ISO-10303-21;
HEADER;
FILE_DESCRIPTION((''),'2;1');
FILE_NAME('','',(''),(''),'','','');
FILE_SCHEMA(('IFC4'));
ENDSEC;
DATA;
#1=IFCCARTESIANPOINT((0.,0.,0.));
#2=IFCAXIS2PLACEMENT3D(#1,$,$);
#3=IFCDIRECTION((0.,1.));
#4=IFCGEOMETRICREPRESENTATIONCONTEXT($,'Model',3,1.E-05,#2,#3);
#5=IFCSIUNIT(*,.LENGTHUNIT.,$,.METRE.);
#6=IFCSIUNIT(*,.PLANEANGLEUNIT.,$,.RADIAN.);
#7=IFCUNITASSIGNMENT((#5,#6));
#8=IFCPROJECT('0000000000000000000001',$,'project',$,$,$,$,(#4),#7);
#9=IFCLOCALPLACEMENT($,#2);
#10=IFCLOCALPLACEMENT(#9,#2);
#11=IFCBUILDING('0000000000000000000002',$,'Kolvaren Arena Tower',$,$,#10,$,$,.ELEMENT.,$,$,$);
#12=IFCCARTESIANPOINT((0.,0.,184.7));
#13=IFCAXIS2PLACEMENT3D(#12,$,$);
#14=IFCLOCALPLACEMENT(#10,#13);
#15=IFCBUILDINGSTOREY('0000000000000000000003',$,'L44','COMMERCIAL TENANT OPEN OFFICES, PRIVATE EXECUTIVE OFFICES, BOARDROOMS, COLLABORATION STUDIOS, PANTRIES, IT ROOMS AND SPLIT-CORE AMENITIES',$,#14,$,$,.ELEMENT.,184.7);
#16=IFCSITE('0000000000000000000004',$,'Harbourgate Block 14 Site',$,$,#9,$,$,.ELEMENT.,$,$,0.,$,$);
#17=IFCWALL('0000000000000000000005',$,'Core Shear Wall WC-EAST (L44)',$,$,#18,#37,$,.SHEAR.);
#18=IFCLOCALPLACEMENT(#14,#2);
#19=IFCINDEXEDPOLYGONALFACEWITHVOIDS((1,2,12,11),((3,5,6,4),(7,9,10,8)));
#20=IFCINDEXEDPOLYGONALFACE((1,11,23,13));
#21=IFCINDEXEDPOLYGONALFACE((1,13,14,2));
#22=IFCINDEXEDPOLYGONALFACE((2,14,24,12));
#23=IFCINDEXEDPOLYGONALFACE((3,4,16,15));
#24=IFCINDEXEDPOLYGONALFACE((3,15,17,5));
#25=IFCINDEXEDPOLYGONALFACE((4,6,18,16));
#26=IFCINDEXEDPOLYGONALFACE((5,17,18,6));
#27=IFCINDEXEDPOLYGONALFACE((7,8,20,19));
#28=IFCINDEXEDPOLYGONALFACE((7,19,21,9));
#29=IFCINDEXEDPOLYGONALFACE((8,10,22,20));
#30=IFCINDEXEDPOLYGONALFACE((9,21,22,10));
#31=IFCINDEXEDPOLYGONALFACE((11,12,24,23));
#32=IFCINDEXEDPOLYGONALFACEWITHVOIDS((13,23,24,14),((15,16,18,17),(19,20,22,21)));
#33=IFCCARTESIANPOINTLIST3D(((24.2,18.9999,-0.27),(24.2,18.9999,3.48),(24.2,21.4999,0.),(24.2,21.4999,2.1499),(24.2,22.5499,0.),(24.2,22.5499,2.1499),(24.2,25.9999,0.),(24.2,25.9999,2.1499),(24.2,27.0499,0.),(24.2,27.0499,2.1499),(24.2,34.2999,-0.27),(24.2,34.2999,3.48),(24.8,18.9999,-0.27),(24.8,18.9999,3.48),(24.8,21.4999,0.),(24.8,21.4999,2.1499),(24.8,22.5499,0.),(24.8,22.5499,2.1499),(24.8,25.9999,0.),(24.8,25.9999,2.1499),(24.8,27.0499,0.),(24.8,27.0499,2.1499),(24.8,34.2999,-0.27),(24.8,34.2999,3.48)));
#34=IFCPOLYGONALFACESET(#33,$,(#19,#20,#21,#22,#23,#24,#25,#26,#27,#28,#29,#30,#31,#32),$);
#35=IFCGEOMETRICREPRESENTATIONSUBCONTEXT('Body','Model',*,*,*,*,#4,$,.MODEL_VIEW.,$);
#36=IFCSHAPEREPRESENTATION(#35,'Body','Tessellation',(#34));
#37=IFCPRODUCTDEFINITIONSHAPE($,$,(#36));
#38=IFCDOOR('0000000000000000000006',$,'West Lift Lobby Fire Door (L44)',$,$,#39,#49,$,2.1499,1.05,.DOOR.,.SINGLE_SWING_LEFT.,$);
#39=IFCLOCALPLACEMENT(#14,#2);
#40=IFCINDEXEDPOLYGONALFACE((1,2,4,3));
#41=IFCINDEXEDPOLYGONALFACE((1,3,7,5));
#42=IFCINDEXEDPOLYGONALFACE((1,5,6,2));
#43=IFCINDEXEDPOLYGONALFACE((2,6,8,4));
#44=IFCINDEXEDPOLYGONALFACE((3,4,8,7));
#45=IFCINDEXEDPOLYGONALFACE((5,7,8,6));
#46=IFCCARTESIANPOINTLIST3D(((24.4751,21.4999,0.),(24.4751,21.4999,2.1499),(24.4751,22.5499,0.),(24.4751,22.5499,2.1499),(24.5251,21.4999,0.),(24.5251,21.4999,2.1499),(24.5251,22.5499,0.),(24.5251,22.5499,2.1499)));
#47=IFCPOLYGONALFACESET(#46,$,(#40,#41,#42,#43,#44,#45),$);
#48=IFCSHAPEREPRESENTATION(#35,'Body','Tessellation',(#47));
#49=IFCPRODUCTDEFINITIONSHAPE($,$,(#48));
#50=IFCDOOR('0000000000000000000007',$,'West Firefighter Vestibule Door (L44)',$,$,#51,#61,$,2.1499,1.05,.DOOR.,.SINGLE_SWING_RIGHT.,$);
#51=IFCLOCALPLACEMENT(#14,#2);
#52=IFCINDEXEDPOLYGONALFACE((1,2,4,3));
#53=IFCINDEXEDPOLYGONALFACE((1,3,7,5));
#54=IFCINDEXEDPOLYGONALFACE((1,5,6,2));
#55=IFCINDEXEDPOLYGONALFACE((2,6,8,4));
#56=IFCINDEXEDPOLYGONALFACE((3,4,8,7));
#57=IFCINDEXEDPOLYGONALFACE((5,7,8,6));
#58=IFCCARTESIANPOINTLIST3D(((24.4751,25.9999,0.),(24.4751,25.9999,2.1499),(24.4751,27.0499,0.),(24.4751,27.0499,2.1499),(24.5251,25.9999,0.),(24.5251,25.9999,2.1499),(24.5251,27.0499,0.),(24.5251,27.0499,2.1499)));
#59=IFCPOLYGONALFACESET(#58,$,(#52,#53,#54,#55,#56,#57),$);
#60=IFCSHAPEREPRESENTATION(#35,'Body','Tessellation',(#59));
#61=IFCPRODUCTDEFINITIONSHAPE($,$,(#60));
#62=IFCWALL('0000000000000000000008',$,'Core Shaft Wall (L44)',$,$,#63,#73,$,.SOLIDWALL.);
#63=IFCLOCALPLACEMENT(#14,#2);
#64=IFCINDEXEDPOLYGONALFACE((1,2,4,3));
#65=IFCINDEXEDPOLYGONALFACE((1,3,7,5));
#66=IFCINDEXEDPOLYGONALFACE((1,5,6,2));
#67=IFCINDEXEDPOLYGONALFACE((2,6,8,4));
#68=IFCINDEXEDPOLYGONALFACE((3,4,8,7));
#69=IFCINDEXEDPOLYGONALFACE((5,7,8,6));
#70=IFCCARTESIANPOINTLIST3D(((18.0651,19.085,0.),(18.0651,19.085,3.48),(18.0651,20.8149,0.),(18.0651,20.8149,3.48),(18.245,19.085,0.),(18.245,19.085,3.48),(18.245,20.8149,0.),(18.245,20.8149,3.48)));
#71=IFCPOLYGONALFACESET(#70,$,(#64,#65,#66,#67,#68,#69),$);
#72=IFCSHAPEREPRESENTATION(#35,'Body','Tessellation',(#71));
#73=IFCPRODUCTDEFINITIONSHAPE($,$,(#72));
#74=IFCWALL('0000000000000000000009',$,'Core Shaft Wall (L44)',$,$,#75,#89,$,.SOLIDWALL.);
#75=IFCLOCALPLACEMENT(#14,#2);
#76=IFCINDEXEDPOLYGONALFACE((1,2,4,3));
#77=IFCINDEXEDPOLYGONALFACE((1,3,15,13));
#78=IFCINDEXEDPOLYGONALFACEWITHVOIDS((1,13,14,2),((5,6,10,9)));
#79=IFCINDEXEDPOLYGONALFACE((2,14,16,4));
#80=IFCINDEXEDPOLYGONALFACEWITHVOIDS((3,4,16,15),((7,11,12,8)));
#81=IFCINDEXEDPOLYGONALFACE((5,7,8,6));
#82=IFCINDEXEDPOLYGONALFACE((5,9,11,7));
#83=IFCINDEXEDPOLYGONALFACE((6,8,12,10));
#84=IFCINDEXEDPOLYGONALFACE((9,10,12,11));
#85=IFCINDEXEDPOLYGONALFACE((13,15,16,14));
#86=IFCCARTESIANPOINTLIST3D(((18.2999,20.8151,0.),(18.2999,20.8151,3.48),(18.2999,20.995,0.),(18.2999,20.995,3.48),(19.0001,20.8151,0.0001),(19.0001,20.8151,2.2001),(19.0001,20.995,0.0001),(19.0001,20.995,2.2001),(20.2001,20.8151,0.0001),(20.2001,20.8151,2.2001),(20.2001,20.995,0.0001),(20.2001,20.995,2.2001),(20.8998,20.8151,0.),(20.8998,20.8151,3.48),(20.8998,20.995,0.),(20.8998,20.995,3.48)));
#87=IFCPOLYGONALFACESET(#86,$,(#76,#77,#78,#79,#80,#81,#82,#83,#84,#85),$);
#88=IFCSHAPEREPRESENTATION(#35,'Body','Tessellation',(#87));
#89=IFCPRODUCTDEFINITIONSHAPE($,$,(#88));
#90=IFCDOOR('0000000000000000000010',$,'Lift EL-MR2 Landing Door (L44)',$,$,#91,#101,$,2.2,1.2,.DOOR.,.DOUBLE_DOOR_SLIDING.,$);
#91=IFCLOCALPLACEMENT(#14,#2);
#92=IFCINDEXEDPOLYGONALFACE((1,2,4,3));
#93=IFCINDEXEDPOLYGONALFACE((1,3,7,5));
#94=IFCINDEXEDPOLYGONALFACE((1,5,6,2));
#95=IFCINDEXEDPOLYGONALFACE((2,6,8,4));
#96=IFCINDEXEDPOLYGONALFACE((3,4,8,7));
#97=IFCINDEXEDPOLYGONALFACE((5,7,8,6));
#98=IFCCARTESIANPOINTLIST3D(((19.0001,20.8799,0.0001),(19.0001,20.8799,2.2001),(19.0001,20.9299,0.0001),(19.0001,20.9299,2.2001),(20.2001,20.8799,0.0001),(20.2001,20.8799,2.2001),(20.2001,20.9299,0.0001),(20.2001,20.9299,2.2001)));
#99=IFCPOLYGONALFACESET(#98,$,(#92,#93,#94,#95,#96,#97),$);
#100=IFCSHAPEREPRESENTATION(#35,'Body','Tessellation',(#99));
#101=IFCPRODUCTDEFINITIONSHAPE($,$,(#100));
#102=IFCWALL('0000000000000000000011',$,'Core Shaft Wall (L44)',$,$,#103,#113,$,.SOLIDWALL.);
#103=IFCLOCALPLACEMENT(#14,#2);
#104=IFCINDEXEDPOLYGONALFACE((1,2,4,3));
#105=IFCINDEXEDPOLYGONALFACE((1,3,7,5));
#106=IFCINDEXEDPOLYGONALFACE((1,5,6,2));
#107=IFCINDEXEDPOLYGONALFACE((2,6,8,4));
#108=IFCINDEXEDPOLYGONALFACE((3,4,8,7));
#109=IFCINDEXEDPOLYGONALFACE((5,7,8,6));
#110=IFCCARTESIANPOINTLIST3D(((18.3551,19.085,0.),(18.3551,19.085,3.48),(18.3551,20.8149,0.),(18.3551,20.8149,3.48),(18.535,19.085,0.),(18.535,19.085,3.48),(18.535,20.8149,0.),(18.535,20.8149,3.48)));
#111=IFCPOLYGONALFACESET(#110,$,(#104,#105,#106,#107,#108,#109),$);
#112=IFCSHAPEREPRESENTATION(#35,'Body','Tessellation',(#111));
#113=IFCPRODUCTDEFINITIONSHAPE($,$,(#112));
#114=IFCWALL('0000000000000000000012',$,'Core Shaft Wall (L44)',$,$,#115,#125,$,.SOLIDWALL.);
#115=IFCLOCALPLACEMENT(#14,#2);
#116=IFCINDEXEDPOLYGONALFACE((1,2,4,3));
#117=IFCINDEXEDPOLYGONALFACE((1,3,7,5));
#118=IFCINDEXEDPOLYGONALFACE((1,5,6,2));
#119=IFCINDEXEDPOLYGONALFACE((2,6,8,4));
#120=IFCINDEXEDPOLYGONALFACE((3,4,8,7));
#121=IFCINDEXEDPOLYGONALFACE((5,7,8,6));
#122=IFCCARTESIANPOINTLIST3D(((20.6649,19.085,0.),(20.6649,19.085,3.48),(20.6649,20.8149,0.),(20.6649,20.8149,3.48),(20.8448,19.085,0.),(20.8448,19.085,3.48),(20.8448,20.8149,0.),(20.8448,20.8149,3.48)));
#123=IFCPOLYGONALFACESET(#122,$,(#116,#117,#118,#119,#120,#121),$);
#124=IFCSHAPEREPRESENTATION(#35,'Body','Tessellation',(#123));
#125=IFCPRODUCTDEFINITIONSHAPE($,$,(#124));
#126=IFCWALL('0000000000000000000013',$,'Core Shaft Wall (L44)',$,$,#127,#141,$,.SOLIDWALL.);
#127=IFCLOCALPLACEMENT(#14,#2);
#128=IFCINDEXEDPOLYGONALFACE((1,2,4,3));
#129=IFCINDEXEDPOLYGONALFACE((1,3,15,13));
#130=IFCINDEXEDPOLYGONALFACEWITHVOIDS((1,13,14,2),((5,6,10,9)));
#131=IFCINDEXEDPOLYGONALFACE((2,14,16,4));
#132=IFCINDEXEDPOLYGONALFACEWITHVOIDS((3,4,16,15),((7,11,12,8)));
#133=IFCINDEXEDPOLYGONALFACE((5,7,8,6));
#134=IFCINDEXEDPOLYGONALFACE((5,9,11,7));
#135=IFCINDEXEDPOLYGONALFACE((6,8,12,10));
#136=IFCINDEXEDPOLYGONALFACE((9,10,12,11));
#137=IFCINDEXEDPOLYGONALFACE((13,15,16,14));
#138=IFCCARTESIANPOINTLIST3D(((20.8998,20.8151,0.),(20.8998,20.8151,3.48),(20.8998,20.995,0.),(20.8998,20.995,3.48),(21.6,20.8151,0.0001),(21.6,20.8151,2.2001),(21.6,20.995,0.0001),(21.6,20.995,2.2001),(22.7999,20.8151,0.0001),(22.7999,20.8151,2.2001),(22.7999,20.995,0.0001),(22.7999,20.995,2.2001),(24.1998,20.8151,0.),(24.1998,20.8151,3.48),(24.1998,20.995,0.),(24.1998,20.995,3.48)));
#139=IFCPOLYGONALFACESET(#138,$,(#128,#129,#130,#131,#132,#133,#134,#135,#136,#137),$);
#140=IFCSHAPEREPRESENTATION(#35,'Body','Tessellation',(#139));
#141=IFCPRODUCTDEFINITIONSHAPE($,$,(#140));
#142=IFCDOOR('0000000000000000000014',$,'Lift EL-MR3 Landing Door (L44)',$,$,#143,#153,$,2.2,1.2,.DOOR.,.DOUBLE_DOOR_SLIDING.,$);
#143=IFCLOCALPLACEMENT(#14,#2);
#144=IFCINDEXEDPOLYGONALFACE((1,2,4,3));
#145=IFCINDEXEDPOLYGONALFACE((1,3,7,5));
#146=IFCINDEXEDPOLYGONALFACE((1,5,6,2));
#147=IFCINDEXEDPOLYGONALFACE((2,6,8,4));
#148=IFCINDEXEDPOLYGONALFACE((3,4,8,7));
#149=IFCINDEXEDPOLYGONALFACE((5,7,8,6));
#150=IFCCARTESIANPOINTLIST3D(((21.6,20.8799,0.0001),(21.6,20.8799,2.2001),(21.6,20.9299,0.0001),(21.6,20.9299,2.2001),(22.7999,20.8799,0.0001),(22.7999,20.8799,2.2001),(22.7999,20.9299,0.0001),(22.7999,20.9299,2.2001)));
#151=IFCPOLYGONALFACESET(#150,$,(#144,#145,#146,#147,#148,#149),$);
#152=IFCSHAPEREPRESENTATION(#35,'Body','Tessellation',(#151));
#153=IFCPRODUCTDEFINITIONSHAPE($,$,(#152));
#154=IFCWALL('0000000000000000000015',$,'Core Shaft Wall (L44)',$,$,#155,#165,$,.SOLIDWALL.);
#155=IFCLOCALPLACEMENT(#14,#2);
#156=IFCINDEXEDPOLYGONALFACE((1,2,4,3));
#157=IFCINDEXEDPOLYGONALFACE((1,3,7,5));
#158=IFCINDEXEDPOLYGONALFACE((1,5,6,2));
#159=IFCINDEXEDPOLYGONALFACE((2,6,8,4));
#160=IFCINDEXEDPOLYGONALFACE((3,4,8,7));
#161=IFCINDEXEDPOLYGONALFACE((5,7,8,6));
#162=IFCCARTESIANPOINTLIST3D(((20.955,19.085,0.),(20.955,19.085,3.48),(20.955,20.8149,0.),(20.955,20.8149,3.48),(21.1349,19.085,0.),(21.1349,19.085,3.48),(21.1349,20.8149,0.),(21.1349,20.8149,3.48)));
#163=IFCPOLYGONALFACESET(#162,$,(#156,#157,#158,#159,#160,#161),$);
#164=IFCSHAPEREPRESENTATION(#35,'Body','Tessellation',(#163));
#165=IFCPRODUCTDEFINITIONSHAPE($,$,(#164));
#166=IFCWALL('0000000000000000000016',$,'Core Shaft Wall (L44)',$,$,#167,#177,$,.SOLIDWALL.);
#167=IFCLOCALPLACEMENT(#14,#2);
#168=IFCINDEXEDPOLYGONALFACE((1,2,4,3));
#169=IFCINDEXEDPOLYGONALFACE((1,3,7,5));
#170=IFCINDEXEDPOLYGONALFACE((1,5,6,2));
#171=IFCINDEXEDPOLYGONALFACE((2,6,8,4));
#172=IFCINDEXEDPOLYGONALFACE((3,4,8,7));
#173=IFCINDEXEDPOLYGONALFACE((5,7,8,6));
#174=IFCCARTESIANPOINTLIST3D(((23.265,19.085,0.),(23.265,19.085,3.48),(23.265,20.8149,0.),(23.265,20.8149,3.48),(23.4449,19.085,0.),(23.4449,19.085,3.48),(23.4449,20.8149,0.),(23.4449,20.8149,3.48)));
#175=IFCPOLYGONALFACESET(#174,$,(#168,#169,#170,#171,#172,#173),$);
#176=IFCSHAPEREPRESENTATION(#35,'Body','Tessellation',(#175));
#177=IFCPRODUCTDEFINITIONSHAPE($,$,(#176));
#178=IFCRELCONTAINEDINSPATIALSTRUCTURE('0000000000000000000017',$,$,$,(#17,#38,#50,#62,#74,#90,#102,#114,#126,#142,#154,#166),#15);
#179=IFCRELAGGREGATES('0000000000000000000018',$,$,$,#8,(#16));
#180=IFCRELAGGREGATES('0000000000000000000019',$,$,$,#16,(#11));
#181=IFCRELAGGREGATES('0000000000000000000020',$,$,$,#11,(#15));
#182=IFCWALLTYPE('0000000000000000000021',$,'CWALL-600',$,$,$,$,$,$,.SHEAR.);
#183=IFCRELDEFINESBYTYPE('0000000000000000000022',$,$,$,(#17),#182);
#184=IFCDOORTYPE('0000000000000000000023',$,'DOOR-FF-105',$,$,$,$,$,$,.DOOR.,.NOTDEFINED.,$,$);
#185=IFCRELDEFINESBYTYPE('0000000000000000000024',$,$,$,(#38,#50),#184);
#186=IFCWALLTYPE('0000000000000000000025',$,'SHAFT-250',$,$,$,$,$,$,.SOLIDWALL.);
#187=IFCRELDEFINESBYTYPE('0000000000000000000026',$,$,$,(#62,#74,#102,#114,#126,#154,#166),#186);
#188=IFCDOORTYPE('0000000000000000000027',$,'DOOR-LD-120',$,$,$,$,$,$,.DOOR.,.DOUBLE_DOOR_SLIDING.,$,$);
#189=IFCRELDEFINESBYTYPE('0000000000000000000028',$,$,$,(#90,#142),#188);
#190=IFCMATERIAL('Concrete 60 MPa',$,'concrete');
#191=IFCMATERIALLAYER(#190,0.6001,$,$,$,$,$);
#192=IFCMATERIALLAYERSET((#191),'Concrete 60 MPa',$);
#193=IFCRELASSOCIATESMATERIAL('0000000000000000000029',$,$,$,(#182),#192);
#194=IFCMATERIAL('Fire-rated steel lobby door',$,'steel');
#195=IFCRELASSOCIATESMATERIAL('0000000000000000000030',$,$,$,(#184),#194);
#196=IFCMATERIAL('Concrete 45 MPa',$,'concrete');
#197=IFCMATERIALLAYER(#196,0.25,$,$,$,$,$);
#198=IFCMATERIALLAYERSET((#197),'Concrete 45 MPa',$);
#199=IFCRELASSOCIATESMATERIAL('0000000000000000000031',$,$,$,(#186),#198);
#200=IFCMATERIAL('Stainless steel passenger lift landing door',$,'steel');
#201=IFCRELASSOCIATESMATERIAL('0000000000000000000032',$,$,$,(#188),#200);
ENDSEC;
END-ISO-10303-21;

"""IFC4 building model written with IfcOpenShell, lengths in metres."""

from ifc_helpers import new_model, si_unit, direction, frame, frame_2d, origin, place, context, subcontext, project, spatial, rectangle, extrude, material, layer, layer_set, type_object, element, fill, save


model = new_model("IFC4")

# Units and contexts
model_context = context("Model", 3, precision=1e-05, world=origin(), true_north=direction((0.0, 1.0)))
body_context = subcontext(model_context, "Body", "Model", "MODEL_VIEW")
ifc_project = project(units=[si_unit("LENGTHUNIT", "METRE"), si_unit("PLANEANGLEUNIT", "RADIAN")], contexts=[model_context])

# Site, building, storey
site_placement = place(None, origin())
site = spatial("IfcSite", under=ifc_project, at=site_placement, Name="Harbourgate Block 14 Site", CompositionType="ELEMENT", RefElevation=0.0)
building_placement = place(site_placement, origin())
building = spatial("IfcBuilding", under=site, at=building_placement, Name="Kolvaren Arena Tower", CompositionType="ELEMENT")
storey_placement = place(building_placement, frame((0.0, 0.0, 184.7)))
storey = spatial("IfcBuildingStorey", under=building, at=storey_placement, Name="L44", Description="COMMERCIAL TENANT OPEN OFFICES, PRIVATE EXECUTIVE OFFICES, BOARDROOMS, COLLABORATION STUDIOS, PANTRIES, IT ROOMS AND SPLIT-CORE AMENITIES", CompositionType="ELEMENT", Elevation=184.7)

# Wall, openings, doors
ifc_material_1 = material(Name="Concrete 60 MPa", Category="concrete")
ifc_layer_1 = layer(ifc_material_1, 0.6001)
ifc_layer_set_1 = layer_set([ifc_layer_1], Name="Concrete 60 MPa")
wall_type_1 = type_object("IfcWallType", Name="CWALL-600", PredefinedType="SHEAR", material=ifc_layer_set_1)
wall_1_placement = place(storey_placement, frame((24.5, 19.0, -0.27), z_axis=(0.0, 0.0, 1.0), x_axis=(0.0, 1.0, 0.0)))
wall_1 = element("IfcWall", 1, at=wall_1_placement, inside=storey, type_object=wall_type_1, Name="Core Shear Wall WC-EAST (L44)", PredefinedType="SHEAR", context=body_context, shape_type="SweptSolid", body=[
    extrude(rectangle(XDim=15.3, YDim=0.6001, at=frame_2d((7.6499, 0.0))), origin(), (0.0, 0.0, 1.0), 3.75),
])
opening_1_placement = place(wall_1_placement, frame((2.5, 0.0, 0.27)))
opening_1 = element("IfcOpeningElement", 2, at=opening_1_placement, cuts=wall_1, PredefinedType="OPENING", context=body_context, shape_type="SweptSolid", body=[
    extrude(rectangle(XDim=1.05, YDim=2.1499, at=frame_2d((0.5249, 1.075))), frame((0.0, 0.3101, 0.0), z_axis=(0.0, -1.0, 0.0), x_axis=(1.0, 0.0, 0.0)), (0.0, 0.0, 1.0), 0.6201),
])
opening_2_placement = place(wall_1_placement, frame((7.0, 0.0, 0.27)))
opening_2 = element("IfcOpeningElement", 3, at=opening_2_placement, cuts=wall_1, PredefinedType="OPENING", context=body_context, shape_type="SweptSolid", body=[
    extrude(rectangle(XDim=1.05, YDim=2.1499, at=frame_2d((0.5249, 1.075))), frame((0.0, 0.3101, 0.0), z_axis=(0.0, -1.0, 0.0), x_axis=(1.0, 0.0, 0.0)), (0.0, 0.0, 1.0), 0.6201),
])
ifc_material_2 = material(Name="Fire-rated steel lobby door", Category="steel")
door_type_1 = type_object("IfcDoorType", Name="DOOR-FF-105", OperationType="NOTDEFINED", PredefinedType="DOOR", material=ifc_material_2)
door_1_placement = place(opening_1_placement, origin())
door_1 = element("IfcDoor", 4, at=door_1_placement, inside=storey, type_object=door_type_1, Name="West Lift Lobby Fire Door (L44)", OperationType="SINGLE_SWING_LEFT", OverallHeight=2.1499, OverallWidth=1.05, PredefinedType="DOOR", context=body_context, shape_type="SweptSolid", body=[
    extrude(rectangle(XDim=1.05, YDim=2.1499, at=frame_2d((0.5249, 1.075))), frame((0.0, 0.0249, 0.0), z_axis=(0.0, -1.0, 0.0), x_axis=(1.0, 0.0, 0.0)), (0.0, 0.0, 1.0), 0.05),
])
fill(opening_1, door_1)
door_2_placement = place(opening_2_placement, origin())
door_2 = element("IfcDoor", 5, at=door_2_placement, inside=storey, type_object=door_type_1, Name="West Firefighter Vestibule Door (L44)", OperationType="SINGLE_SWING_RIGHT", OverallHeight=2.1499, OverallWidth=1.05, PredefinedType="DOOR", context=body_context, shape_type="SweptSolid", body=[
    extrude(rectangle(XDim=1.05, YDim=2.1499, at=frame_2d((0.5249, 1.075))), frame((0.0, 0.0249, 0.0), z_axis=(0.0, -1.0, 0.0), x_axis=(1.0, 0.0, 0.0)), (0.0, 0.0, 1.0), 0.05),
])
fill(opening_2, door_2)

# Wall
ifc_material_3 = material(Name="Concrete 45 MPa", Category="concrete")
ifc_layer_2 = layer(ifc_material_3, 0.25)
ifc_layer_set_2 = layer_set([ifc_layer_2], Name="Concrete 45 MPa")
wall_type_2 = type_object("IfcWallType", Name="SHAFT-250", PredefinedType="SOLIDWALL", material=ifc_layer_set_2)
wall_2_placement = place(storey_placement, frame((18.155, 19.085, 0.0), z_axis=(0.0, 0.0, 1.0), x_axis=(0.0, 1.0, 0.0)))
element("IfcWall", 6, at=wall_2_placement, inside=storey, type_object=wall_type_2, Name="Core Shaft Wall (L44)", PredefinedType="SOLIDWALL", context=body_context, shape_type="SweptSolid", body=[
    extrude(rectangle(XDim=1.73, YDim=0.1799, at=frame_2d((0.865, 0.0))), origin(), (0.0, 0.0, 1.0), 3.48),
])

# Wall, opening, door
wall_3_placement = place(storey_placement, frame((18.3, 20.905, 0.0), z_axis=(0.0, 0.0, 1.0), x_axis=(1.0, 0.0, 0.0)))
wall_3 = element("IfcWall", 7, at=wall_3_placement, inside=storey, type_object=wall_type_2, Name="Core Shaft Wall (L44)", PredefinedType="SOLIDWALL", context=body_context, shape_type="SweptSolid", body=[
    extrude(rectangle(XDim=2.5999, YDim=0.1799, at=frame_2d((1.2998, 0.0))), origin(), (0.0, 0.0, 1.0), 3.48),
])
opening_3_placement = place(wall_3_placement, frame((0.7, 0.0, 0.0)))
opening_3 = element("IfcOpeningElement", 8, at=opening_3_placement, cuts=wall_3, PredefinedType="OPENING", context=body_context, shape_type="SweptSolid", body=[
    extrude(rectangle(XDim=1.2, YDim=2.2, at=frame_2d((0.6001, 1.1001))), frame((0.0, 0.0999, 0.0), z_axis=(0.0, -1.0, 0.0), x_axis=(1.0, 0.0, 0.0)), (0.0, 0.0, 1.0), 0.2),
])
ifc_material_4 = material(Name="Stainless steel passenger lift landing door", Category="steel")
door_type_2 = type_object("IfcDoorType", Name="DOOR-LD-120", OperationType="DOUBLE_DOOR_SLIDING", PredefinedType="DOOR", material=ifc_material_4)
door_3_placement = place(opening_3_placement, origin())
door_3 = element("IfcDoor", 9, at=door_3_placement, inside=storey, type_object=door_type_2, Name="Lift EL-MR2 Landing Door (L44)", OperationType="DOUBLE_DOOR_SLIDING", OverallHeight=2.2, OverallWidth=1.2, PredefinedType="DOOR", context=body_context, shape_type="SweptSolid", body=[
    extrude(rectangle(XDim=1.2, YDim=2.2, at=frame_2d((0.6001, 1.1001))), frame((0.0, 0.0249, 0.0), z_axis=(0.0, -1.0, 0.0), x_axis=(1.0, 0.0, 0.0)), (0.0, 0.0, 1.0), 0.05),
])
fill(opening_3, door_3)

# Walls
for number, where, z_axis, x_axis, name in (
    (10, (18.4451, 19.085, 0.0), (0.0, 0.0, 1.0), (0.0, 1.0, 0.0), "Core Shaft Wall (L44)"),
    (11, (20.7549, 19.085, 0.0), (0.0, 0.0, 1.0), (0.0, 1.0, 0.0), "Core Shaft Wall (L44)"),
):
    element("IfcWall", number, at=place(storey_placement, frame(where, z_axis=z_axis, x_axis=x_axis)), inside=storey, type_object=wall_type_2, Name=name, PredefinedType="SOLIDWALL", context=body_context, shape_type="SweptSolid", body=[
        extrude(rectangle(XDim=1.73, YDim=0.1799, at=frame_2d((0.865, 0.0))), origin(), (0.0, 0.0, 1.0), 3.48),
    ])

# Wall, opening, door
wall_4_placement = place(storey_placement, frame((20.8999, 20.905, 0.0), z_axis=(0.0, 0.0, 1.0), x_axis=(1.0, 0.0, 0.0)))
wall_4 = element("IfcWall", 12, at=wall_4_placement, inside=storey, type_object=wall_type_2, Name="Core Shaft Wall (L44)", PredefinedType="SOLIDWALL", context=body_context, shape_type="SweptSolid", body=[
    extrude(rectangle(XDim=3.3, YDim=0.1799, at=frame_2d((1.6499, 0.0))), origin(), (0.0, 0.0, 1.0), 3.48),
])
opening_4_placement = place(wall_4_placement, frame((0.7, 0.0, 0.0)))
opening_4 = element("IfcOpeningElement", 13, at=opening_4_placement, cuts=wall_4, PredefinedType="OPENING", context=body_context, shape_type="SweptSolid", body=[
    extrude(rectangle(XDim=1.2, YDim=2.2, at=frame_2d((0.6001, 1.1001))), frame((0.0, 0.0999, 0.0), z_axis=(0.0, -1.0, 0.0), x_axis=(1.0, 0.0, 0.0)), (0.0, 0.0, 1.0), 0.2),
])
door_4_placement = place(opening_4_placement, origin())
door_4 = element("IfcDoor", 14, at=door_4_placement, inside=storey, type_object=door_type_2, Name="Lift EL-MR3 Landing Door (L44)", OperationType="DOUBLE_DOOR_SLIDING", OverallHeight=2.2, OverallWidth=1.2, PredefinedType="DOOR", context=body_context, shape_type="SweptSolid", body=[
    extrude(rectangle(XDim=1.2, YDim=2.2, at=frame_2d((0.6001, 1.1001))), frame((0.0, 0.0249, 0.0), z_axis=(0.0, -1.0, 0.0), x_axis=(1.0, 0.0, 0.0)), (0.0, 0.0, 1.0), 0.05),
])
fill(opening_4, door_4)

# Walls
for number, where, z_axis, x_axis, name in (
    (15, (21.0449, 19.085, 0.0), (0.0, 0.0, 1.0), (0.0, 1.0, 0.0), "Core Shaft Wall (L44)"),
    (16, (23.355, 19.085, 0.0), (0.0, 0.0, 1.0), (0.0, 1.0, 0.0), "Core Shaft Wall (L44)"),
):
    element("IfcWall", number, at=place(storey_placement, frame(where, z_axis=z_axis, x_axis=x_axis)), inside=storey, type_object=wall_type_2, Name=name, PredefinedType="SOLIDWALL", context=body_context, shape_type="SweptSolid", body=[
        extrude(rectangle(XDim=1.73, YDim=0.1799, at=frame_2d((0.865, 0.0))), origin(), (0.0, 0.0, 1.0), 3.48),
    ])

save(model, "model.ifc")
